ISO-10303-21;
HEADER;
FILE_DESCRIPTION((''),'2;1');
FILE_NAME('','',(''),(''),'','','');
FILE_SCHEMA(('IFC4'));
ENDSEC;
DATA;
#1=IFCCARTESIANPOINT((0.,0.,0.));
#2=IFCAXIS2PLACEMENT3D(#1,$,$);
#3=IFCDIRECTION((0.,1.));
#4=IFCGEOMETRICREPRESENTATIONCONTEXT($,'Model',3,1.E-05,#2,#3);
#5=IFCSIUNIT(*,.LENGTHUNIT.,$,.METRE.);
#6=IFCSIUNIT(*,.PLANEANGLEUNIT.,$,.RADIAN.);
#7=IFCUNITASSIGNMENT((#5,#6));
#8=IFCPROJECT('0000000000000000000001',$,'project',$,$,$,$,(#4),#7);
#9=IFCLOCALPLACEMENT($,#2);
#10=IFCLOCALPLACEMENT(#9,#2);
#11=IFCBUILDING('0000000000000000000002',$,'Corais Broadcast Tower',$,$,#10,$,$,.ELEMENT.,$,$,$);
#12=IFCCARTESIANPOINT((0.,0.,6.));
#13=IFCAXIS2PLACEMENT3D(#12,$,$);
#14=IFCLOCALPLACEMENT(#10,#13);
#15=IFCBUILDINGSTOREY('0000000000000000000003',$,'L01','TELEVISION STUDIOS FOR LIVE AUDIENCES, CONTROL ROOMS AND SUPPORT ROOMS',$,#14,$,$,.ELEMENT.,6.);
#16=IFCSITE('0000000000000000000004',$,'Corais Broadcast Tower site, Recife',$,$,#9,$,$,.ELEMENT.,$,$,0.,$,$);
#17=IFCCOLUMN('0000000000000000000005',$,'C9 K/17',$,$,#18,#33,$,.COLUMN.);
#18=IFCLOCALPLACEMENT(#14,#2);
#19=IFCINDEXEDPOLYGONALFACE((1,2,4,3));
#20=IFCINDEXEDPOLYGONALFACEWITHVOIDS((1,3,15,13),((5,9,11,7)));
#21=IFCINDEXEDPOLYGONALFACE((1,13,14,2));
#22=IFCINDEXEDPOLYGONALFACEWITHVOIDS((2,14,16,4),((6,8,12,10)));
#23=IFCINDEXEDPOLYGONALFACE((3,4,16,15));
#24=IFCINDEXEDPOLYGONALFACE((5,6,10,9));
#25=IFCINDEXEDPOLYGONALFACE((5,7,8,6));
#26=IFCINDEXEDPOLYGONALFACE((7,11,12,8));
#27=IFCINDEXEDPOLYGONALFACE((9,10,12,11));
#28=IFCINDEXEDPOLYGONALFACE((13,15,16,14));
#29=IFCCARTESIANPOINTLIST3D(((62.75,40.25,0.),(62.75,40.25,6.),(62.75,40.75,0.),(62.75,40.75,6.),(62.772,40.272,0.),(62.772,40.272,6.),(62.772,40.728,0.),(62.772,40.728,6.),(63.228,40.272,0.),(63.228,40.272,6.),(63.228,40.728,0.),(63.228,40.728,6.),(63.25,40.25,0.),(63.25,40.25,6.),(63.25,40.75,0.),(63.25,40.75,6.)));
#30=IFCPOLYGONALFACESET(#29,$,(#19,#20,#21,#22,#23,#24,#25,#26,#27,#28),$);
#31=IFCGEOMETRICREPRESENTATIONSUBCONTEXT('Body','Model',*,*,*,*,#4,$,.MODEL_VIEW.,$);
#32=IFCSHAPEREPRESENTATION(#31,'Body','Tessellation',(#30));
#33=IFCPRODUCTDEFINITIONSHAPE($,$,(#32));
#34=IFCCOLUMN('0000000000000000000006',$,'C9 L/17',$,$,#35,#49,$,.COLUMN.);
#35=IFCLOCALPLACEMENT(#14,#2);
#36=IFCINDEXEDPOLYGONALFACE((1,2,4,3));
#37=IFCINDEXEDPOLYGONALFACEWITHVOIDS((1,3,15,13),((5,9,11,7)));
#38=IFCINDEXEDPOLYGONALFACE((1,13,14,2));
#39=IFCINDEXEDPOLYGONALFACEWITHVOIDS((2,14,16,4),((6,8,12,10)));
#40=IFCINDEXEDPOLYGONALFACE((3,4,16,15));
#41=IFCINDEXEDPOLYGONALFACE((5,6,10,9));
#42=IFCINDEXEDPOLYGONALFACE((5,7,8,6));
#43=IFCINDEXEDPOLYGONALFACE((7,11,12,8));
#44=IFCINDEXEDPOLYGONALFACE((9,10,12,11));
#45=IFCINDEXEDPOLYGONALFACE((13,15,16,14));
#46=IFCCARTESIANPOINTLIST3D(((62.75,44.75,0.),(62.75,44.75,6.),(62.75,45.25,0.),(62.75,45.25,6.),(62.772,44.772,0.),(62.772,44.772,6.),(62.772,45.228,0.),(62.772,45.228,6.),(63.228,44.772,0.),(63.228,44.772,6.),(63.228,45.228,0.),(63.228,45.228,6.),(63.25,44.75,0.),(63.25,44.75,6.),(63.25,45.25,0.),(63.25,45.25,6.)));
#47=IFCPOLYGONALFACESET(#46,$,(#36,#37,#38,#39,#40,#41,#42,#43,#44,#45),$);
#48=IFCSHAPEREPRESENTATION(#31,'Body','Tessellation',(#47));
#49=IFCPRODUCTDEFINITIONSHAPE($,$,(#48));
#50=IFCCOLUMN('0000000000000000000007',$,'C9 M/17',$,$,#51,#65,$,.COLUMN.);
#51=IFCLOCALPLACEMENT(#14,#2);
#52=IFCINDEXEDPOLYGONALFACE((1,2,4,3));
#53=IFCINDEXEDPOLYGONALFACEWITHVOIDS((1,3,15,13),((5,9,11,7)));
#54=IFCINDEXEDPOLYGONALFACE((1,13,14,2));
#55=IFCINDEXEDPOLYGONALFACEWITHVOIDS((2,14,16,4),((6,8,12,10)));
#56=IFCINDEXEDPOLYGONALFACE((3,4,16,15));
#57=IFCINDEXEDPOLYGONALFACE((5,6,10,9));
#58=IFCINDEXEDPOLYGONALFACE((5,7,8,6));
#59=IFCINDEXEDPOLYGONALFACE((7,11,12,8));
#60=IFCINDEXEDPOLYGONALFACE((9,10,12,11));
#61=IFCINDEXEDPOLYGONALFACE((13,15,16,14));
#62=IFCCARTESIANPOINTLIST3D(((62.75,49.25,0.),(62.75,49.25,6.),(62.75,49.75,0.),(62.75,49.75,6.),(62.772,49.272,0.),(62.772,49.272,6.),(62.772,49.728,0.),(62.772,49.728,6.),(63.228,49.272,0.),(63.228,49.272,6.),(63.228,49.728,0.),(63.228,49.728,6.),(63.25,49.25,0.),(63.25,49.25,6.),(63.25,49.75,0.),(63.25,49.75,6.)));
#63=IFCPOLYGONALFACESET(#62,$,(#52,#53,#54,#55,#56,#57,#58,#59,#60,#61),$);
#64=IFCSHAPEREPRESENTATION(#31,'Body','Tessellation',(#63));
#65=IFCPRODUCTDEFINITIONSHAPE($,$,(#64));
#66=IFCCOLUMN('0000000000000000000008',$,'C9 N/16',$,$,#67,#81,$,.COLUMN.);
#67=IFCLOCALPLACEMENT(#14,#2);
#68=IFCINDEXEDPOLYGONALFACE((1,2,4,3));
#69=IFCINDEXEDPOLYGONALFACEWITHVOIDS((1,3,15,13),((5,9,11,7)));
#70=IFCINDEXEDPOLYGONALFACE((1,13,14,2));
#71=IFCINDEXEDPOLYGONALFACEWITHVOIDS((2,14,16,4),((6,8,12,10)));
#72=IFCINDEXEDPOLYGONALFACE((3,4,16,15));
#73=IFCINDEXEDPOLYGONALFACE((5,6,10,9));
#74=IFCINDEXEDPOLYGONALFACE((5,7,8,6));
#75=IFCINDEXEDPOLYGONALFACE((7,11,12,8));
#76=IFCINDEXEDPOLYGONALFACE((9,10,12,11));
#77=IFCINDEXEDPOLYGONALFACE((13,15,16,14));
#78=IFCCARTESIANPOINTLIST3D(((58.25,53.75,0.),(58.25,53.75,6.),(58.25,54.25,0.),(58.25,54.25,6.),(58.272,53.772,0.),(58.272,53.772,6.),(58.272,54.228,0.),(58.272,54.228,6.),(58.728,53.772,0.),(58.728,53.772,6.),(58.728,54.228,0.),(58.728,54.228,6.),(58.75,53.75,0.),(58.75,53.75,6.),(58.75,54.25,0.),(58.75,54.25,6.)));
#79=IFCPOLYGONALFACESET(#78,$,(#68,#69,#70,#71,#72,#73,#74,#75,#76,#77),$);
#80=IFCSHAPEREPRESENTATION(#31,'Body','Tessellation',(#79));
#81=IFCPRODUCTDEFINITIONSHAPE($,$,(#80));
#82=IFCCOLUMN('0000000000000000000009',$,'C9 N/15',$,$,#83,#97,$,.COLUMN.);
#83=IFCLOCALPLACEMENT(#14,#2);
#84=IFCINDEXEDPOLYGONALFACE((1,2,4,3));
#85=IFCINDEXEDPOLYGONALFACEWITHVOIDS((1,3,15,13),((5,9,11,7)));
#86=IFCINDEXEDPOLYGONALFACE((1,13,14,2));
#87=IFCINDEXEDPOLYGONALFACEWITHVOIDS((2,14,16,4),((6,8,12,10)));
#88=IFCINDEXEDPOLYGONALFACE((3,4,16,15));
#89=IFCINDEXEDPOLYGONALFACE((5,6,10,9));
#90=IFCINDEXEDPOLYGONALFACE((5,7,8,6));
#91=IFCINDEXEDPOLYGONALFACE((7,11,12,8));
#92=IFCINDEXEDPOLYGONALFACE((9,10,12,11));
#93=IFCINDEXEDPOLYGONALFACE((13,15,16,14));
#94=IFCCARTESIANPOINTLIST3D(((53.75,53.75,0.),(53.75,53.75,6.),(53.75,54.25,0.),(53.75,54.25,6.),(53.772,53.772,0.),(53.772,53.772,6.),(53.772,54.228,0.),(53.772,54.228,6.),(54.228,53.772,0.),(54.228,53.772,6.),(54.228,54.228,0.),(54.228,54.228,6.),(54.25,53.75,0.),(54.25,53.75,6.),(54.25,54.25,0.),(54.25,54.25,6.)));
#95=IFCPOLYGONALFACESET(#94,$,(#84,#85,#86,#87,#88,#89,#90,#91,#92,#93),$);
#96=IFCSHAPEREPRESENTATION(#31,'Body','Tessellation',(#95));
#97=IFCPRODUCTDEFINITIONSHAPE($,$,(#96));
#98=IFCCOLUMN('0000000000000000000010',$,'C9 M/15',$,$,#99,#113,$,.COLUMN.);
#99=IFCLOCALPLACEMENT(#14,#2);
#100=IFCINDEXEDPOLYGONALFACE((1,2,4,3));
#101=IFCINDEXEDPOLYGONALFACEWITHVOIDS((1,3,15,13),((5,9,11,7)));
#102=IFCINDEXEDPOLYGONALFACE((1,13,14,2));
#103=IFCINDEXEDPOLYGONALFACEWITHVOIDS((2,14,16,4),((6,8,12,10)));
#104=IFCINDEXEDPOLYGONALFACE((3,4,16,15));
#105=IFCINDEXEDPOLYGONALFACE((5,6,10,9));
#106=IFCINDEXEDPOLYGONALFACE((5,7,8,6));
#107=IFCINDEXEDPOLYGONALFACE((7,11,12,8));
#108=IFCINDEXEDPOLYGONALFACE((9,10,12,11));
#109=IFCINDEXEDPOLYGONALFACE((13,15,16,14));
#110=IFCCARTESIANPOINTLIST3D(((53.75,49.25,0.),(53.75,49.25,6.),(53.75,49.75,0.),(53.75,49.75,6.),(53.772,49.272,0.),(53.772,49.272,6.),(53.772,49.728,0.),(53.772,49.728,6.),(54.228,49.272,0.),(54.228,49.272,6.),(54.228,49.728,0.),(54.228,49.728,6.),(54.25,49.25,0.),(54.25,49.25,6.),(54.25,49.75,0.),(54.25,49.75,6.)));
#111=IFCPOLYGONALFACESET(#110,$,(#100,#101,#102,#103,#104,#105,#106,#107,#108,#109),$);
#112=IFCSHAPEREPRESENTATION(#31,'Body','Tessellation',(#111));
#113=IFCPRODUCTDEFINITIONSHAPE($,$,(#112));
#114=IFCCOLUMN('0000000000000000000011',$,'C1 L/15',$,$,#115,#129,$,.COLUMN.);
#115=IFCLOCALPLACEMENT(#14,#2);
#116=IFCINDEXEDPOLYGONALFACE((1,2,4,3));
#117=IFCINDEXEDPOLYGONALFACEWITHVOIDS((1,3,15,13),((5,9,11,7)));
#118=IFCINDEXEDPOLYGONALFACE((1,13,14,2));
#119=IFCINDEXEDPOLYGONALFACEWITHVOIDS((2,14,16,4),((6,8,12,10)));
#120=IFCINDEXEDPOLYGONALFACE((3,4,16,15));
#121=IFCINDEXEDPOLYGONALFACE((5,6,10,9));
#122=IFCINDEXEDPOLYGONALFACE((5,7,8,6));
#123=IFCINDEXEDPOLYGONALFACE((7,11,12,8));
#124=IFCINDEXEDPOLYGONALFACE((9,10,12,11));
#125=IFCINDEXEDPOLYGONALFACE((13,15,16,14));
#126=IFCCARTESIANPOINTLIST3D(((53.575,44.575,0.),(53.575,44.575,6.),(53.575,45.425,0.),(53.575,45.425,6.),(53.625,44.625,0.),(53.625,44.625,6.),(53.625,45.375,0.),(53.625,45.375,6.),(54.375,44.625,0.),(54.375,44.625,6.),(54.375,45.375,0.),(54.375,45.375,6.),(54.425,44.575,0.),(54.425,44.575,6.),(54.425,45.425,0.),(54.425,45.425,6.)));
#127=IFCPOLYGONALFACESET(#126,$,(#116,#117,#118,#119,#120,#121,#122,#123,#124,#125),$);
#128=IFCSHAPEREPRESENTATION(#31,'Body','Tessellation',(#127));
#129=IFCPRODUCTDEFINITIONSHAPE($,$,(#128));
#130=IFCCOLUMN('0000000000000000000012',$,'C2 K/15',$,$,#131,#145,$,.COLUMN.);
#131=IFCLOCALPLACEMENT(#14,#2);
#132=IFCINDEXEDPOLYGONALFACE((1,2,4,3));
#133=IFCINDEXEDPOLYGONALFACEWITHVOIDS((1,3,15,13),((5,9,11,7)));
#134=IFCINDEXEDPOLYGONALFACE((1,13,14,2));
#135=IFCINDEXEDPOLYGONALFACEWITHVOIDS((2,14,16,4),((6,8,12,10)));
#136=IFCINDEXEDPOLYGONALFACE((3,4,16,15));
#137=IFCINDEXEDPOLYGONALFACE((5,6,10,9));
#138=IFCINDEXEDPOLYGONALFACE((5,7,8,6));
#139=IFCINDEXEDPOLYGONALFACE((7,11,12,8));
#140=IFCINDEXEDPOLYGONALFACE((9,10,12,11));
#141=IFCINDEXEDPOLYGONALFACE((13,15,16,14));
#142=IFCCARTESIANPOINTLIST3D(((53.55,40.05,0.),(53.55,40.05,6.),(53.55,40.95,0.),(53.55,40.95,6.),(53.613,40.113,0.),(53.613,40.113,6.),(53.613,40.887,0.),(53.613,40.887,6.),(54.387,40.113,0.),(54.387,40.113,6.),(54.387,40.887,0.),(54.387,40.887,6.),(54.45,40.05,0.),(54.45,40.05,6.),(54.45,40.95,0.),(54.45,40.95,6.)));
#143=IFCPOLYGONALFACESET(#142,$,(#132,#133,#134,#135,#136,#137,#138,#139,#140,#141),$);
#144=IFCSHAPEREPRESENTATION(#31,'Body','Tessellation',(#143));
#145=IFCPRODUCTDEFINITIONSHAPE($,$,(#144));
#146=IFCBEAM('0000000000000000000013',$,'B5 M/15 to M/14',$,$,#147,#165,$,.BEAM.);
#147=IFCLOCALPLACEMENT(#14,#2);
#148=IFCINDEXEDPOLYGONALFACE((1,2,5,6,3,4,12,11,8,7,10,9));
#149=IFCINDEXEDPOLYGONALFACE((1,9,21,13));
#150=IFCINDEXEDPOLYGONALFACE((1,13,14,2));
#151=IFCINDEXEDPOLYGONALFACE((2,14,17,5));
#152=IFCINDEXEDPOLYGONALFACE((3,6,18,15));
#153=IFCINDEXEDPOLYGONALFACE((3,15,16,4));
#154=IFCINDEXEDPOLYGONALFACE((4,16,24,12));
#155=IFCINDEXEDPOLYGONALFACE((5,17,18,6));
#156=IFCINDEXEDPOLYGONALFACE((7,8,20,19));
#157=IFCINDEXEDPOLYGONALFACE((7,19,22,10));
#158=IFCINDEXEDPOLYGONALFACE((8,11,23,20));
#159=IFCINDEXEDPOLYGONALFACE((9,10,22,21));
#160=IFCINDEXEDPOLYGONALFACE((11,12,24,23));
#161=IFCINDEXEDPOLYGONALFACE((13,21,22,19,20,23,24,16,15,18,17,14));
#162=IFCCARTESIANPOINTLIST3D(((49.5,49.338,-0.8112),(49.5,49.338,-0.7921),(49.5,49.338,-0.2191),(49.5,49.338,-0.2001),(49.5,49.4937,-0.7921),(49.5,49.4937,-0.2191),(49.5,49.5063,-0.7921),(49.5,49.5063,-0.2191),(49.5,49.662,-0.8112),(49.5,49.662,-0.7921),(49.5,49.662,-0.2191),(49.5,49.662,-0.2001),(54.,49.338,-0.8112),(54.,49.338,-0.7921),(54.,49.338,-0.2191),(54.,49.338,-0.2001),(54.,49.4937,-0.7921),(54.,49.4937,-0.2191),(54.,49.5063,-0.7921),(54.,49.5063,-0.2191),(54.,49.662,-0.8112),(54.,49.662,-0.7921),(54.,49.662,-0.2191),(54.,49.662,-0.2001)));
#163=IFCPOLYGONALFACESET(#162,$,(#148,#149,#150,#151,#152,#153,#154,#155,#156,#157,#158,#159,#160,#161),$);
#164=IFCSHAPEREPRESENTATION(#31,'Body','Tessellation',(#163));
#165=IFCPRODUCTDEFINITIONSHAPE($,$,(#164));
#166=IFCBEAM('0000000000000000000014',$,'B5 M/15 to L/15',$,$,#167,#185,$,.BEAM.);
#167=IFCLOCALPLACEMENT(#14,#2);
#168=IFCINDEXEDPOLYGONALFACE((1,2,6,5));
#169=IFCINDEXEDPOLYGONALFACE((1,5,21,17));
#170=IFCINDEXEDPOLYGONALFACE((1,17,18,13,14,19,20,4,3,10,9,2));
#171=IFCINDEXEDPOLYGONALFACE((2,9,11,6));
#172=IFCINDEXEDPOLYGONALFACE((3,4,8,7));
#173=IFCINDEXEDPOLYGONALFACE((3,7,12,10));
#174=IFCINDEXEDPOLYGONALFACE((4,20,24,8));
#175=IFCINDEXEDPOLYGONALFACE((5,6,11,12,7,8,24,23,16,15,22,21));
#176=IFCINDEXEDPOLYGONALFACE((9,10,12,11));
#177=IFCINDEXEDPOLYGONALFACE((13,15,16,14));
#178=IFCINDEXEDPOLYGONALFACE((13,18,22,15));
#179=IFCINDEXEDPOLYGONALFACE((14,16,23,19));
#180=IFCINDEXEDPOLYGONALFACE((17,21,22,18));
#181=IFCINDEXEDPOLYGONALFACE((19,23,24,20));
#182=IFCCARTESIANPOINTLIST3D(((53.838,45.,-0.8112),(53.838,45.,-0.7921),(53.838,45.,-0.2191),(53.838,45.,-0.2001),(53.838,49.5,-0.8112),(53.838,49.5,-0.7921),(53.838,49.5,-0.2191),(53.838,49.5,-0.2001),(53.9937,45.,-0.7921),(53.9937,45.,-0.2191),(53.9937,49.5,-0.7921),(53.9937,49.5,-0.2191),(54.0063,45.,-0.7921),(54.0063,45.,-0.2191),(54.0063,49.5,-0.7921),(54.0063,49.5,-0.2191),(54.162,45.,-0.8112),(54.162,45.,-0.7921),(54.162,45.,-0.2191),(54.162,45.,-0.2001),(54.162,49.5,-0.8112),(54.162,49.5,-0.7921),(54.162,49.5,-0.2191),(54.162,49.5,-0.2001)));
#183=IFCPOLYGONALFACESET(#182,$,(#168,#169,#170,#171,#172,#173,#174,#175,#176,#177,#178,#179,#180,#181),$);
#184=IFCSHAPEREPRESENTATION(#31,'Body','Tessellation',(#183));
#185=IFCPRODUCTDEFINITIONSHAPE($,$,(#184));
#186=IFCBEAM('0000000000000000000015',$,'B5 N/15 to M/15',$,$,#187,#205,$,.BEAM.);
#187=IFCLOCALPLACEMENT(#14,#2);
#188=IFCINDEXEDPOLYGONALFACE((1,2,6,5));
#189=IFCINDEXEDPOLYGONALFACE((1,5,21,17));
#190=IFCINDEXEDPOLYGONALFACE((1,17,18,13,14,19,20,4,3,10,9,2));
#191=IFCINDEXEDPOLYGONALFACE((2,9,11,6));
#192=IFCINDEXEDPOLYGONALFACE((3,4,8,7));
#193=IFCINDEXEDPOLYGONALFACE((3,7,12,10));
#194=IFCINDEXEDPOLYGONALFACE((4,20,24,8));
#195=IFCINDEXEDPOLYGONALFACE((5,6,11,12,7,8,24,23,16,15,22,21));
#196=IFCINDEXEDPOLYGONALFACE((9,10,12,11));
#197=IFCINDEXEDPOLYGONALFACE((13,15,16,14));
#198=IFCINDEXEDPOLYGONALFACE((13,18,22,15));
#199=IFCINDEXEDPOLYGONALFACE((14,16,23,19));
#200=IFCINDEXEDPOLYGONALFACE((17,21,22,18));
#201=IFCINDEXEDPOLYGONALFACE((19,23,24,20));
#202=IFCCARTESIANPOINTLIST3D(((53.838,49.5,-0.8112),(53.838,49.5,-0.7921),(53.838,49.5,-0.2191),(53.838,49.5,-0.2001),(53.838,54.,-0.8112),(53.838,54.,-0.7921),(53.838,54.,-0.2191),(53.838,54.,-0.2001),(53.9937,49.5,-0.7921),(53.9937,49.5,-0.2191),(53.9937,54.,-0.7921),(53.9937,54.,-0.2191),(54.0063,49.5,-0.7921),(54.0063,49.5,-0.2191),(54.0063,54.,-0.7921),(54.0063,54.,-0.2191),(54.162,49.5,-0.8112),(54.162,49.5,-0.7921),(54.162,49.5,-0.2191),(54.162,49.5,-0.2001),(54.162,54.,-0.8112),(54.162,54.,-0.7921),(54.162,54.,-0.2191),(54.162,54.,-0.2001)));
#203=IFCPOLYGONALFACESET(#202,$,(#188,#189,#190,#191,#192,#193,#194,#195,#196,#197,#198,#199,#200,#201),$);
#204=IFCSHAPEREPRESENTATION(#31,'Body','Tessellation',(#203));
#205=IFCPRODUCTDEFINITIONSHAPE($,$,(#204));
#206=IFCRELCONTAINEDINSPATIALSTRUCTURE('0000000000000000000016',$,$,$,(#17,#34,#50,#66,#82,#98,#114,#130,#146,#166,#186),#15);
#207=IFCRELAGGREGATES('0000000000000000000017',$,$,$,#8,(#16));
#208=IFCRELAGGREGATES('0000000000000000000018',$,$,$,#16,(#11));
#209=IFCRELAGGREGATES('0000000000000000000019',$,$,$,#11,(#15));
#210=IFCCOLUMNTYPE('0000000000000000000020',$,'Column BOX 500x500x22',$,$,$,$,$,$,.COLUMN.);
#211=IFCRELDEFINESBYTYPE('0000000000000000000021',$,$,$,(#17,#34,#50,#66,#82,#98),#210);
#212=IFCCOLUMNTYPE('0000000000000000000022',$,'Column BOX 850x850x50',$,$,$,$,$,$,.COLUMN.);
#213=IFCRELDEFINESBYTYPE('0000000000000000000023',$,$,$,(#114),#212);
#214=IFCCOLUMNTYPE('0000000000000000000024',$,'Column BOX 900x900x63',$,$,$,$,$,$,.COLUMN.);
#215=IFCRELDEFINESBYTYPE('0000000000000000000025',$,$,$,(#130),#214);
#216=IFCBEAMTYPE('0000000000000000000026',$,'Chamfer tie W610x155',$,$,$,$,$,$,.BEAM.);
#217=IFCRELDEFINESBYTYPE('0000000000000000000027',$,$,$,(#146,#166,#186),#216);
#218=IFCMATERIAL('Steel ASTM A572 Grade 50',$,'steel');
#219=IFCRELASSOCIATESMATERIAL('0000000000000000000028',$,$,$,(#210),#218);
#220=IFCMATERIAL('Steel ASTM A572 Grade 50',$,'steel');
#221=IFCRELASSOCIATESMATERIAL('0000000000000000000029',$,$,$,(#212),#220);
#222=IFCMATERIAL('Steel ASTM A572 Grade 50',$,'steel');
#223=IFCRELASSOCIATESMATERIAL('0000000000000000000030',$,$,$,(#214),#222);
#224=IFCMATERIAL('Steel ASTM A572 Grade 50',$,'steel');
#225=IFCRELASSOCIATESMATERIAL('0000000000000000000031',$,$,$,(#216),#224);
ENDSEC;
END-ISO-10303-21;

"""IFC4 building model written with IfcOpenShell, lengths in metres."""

from ifc_helpers import new_model, si_unit, direction, frame, origin, origin_2d, place, context, subcontext, project, spatial, hollow_rectangle, i_section, extrude, material, material_profile, profile_set, type_object, element, save


model = new_model("IFC4")

# Units and contexts
model_context = context("Model", 3, precision=1e-05, world=origin(), true_north=direction((0.0, 1.0)))
body_context = subcontext(model_context, "Body", "Model", "MODEL_VIEW")
ifc_project = project(units=[si_unit("LENGTHUNIT", "METRE"), si_unit("PLANEANGLEUNIT", "RADIAN")], contexts=[model_context])

# Site, building, storey
site_placement = place(None, origin())
site = spatial("IfcSite", under=ifc_project, at=site_placement, Name="Corais Broadcast Tower site, Recife", CompositionType="ELEMENT", RefElevation=0.0)
building_placement = place(site_placement, origin())
building = spatial("IfcBuilding", under=site, at=building_placement, Name="Corais Broadcast Tower", CompositionType="ELEMENT")
storey_placement = place(building_placement, frame((0.0, 0.0, 6.0)))
storey = spatial("IfcBuildingStorey", under=building, at=storey_placement, Name="L01", Description="TELEVISION STUDIOS FOR LIVE AUDIENCES, CONTROL ROOMS AND SUPPORT ROOMS", CompositionType="ELEMENT", Elevation=6.0)

# Columns
ifc_material_1 = material(Name="Steel ASTM A572 Grade 50", Category="steel")
ifc_material_profile_1 = material_profile(ifc_material_1, hollow_rectangle(XDim=0.5, YDim=0.5, WallThickness=0.022, at=origin_2d()), Name="BOX 500x500x22")
ifc_profile_set_1 = profile_set([ifc_material_profile_1], Name="Steel ASTM A572 Grade 50")
column_type_1 = type_object("IfcColumnType", Name="Column BOX 500x500x22", PredefinedType="COLUMN", material=ifc_profile_set_1)
for number, where, z_axis, x_axis, name in (
    (1, (63.0, 40.5, 0.0), (0.0, 0.0, 1.0), (1.0, 0.0, 0.0), "C9 K/17"),
    (2, (63.0, 45.0, 0.0), (0.0, 0.0, 1.0), (1.0, 0.0, 0.0), "C9 L/17"),
    (3, (63.0, 49.5, 0.0), (0.0, 0.0, 1.0), (1.0, 0.0, 0.0), "C9 M/17"),
    (4, (58.5, 54.0, 0.0), (0.0, 0.0, 1.0), (1.0, 0.0, 0.0), "C9 N/16"),
    (5, (54.0, 54.0, 0.0), (0.0, 0.0, 1.0), (1.0, 0.0, 0.0), "C9 N/15"),
    (6, (54.0, 49.5, 0.0), (0.0, 0.0, 1.0), (1.0, 0.0, 0.0), "C9 M/15"),
):
    element("IfcColumn", number, at=place(storey_placement, frame(where, z_axis=z_axis, x_axis=x_axis)), inside=storey, type_object=column_type_1, Name=name, PredefinedType="COLUMN", context=body_context, shape_type="SweptSolid", body=[
        extrude(hollow_rectangle(XDim=0.5, YDim=0.5, WallThickness=0.022, at=origin_2d()), origin(), (0.0, 0.0, 1.0), 6.0),
    ])
ifc_material_2 = material(Name="Steel ASTM A572 Grade 50", Category="steel")
ifc_material_profile_2 = material_profile(ifc_material_2, hollow_rectangle(XDim=0.8501, YDim=0.8501, WallThickness=0.05, at=origin_2d()), Name="BOX 850x850x50")
ifc_profile_set_2 = profile_set([ifc_material_profile_2], Name="Steel ASTM A572 Grade 50")
column_type_2 = type_object("IfcColumnType", Name="Column BOX 850x850x50", PredefinedType="COLUMN", material=ifc_profile_set_2)
column_1_placement = place(storey_placement, frame((54.0, 45.0, 0.0), z_axis=(0.0, 0.0, 1.0), x_axis=(1.0, 0.0, 0.0)))
element("IfcColumn", 7, at=column_1_placement, inside=storey, type_object=column_type_2, Name="C1 L/15", PredefinedType="COLUMN", context=body_context, shape_type="SweptSolid", body=[
    extrude(hollow_rectangle(XDim=0.8501, YDim=0.8501, WallThickness=0.05, at=origin_2d()), origin(), (0.0, 0.0, 1.0), 6.0),
])
ifc_material_3 = material(Name="Steel ASTM A572 Grade 50", Category="steel")
ifc_material_profile_3 = material_profile(ifc_material_3, hollow_rectangle(XDim=0.8999, YDim=0.8999, WallThickness=0.063, at=origin_2d()), Name="BOX 900x900x63")
ifc_profile_set_3 = profile_set([ifc_material_profile_3], Name="Steel ASTM A572 Grade 50")
column_type_3 = type_object("IfcColumnType", Name="Column BOX 900x900x63", PredefinedType="COLUMN", material=ifc_profile_set_3)
column_2_placement = place(storey_placement, frame((54.0, 40.5, 0.0), z_axis=(0.0, 0.0, 1.0), x_axis=(1.0, 0.0, 0.0)))
element("IfcColumn", 8, at=column_2_placement, inside=storey, type_object=column_type_3, Name="C2 K/15", PredefinedType="COLUMN", context=body_context, shape_type="SweptSolid", body=[
    extrude(hollow_rectangle(XDim=0.8999, YDim=0.8999, WallThickness=0.063, at=origin_2d()), origin(), (0.0, 0.0, 1.0), 6.0),
])

# Beams
ifc_material_4 = material(Name="Steel ASTM A572 Grade 50", Category="steel")
ifc_material_profile_4 = material_profile(ifc_material_4, i_section(OverallWidth=0.324, OverallDepth=0.6111, WebThickness=0.0127, FlangeThickness=0.019, at=origin_2d()), Name="W610x155")
ifc_profile_set_4 = profile_set([ifc_material_profile_4], Name="Steel ASTM A572 Grade 50")
beam_type_1 = type_object("IfcBeamType", Name="Chamfer tie W610x155", PredefinedType="BEAM", material=ifc_profile_set_4)
for number, where, z_axis, x_axis, name in (
    (9, (54.0, 49.5, -0.5056), (-1.0, 0.0, 0.0), (0.0, -1.0, 0.0), "B5 M/15 to M/14"),
    (10, (54.0, 49.5, -0.5056), (0.0, -1.0, 0.0), (1.0, 0.0, 0.0), "B5 M/15 to L/15"),
    (11, (54.0, 54.0, -0.5056), (0.0, -1.0, 0.0), (1.0, 0.0, 0.0), "B5 N/15 to M/15"),
):
    element("IfcBeam", number, at=place(storey_placement, frame(where, z_axis=z_axis, x_axis=x_axis)), inside=storey, type_object=beam_type_1, Name=name, PredefinedType="BEAM", context=body_context, shape_type="SweptSolid", body=[
        extrude(i_section(OverallWidth=0.324, OverallDepth=0.6111, WebThickness=0.0127, FlangeThickness=0.019, at=origin_2d()), origin(), (0.0, 0.0, 1.0), 4.5),
    ])

save(model, "model.ifc")
